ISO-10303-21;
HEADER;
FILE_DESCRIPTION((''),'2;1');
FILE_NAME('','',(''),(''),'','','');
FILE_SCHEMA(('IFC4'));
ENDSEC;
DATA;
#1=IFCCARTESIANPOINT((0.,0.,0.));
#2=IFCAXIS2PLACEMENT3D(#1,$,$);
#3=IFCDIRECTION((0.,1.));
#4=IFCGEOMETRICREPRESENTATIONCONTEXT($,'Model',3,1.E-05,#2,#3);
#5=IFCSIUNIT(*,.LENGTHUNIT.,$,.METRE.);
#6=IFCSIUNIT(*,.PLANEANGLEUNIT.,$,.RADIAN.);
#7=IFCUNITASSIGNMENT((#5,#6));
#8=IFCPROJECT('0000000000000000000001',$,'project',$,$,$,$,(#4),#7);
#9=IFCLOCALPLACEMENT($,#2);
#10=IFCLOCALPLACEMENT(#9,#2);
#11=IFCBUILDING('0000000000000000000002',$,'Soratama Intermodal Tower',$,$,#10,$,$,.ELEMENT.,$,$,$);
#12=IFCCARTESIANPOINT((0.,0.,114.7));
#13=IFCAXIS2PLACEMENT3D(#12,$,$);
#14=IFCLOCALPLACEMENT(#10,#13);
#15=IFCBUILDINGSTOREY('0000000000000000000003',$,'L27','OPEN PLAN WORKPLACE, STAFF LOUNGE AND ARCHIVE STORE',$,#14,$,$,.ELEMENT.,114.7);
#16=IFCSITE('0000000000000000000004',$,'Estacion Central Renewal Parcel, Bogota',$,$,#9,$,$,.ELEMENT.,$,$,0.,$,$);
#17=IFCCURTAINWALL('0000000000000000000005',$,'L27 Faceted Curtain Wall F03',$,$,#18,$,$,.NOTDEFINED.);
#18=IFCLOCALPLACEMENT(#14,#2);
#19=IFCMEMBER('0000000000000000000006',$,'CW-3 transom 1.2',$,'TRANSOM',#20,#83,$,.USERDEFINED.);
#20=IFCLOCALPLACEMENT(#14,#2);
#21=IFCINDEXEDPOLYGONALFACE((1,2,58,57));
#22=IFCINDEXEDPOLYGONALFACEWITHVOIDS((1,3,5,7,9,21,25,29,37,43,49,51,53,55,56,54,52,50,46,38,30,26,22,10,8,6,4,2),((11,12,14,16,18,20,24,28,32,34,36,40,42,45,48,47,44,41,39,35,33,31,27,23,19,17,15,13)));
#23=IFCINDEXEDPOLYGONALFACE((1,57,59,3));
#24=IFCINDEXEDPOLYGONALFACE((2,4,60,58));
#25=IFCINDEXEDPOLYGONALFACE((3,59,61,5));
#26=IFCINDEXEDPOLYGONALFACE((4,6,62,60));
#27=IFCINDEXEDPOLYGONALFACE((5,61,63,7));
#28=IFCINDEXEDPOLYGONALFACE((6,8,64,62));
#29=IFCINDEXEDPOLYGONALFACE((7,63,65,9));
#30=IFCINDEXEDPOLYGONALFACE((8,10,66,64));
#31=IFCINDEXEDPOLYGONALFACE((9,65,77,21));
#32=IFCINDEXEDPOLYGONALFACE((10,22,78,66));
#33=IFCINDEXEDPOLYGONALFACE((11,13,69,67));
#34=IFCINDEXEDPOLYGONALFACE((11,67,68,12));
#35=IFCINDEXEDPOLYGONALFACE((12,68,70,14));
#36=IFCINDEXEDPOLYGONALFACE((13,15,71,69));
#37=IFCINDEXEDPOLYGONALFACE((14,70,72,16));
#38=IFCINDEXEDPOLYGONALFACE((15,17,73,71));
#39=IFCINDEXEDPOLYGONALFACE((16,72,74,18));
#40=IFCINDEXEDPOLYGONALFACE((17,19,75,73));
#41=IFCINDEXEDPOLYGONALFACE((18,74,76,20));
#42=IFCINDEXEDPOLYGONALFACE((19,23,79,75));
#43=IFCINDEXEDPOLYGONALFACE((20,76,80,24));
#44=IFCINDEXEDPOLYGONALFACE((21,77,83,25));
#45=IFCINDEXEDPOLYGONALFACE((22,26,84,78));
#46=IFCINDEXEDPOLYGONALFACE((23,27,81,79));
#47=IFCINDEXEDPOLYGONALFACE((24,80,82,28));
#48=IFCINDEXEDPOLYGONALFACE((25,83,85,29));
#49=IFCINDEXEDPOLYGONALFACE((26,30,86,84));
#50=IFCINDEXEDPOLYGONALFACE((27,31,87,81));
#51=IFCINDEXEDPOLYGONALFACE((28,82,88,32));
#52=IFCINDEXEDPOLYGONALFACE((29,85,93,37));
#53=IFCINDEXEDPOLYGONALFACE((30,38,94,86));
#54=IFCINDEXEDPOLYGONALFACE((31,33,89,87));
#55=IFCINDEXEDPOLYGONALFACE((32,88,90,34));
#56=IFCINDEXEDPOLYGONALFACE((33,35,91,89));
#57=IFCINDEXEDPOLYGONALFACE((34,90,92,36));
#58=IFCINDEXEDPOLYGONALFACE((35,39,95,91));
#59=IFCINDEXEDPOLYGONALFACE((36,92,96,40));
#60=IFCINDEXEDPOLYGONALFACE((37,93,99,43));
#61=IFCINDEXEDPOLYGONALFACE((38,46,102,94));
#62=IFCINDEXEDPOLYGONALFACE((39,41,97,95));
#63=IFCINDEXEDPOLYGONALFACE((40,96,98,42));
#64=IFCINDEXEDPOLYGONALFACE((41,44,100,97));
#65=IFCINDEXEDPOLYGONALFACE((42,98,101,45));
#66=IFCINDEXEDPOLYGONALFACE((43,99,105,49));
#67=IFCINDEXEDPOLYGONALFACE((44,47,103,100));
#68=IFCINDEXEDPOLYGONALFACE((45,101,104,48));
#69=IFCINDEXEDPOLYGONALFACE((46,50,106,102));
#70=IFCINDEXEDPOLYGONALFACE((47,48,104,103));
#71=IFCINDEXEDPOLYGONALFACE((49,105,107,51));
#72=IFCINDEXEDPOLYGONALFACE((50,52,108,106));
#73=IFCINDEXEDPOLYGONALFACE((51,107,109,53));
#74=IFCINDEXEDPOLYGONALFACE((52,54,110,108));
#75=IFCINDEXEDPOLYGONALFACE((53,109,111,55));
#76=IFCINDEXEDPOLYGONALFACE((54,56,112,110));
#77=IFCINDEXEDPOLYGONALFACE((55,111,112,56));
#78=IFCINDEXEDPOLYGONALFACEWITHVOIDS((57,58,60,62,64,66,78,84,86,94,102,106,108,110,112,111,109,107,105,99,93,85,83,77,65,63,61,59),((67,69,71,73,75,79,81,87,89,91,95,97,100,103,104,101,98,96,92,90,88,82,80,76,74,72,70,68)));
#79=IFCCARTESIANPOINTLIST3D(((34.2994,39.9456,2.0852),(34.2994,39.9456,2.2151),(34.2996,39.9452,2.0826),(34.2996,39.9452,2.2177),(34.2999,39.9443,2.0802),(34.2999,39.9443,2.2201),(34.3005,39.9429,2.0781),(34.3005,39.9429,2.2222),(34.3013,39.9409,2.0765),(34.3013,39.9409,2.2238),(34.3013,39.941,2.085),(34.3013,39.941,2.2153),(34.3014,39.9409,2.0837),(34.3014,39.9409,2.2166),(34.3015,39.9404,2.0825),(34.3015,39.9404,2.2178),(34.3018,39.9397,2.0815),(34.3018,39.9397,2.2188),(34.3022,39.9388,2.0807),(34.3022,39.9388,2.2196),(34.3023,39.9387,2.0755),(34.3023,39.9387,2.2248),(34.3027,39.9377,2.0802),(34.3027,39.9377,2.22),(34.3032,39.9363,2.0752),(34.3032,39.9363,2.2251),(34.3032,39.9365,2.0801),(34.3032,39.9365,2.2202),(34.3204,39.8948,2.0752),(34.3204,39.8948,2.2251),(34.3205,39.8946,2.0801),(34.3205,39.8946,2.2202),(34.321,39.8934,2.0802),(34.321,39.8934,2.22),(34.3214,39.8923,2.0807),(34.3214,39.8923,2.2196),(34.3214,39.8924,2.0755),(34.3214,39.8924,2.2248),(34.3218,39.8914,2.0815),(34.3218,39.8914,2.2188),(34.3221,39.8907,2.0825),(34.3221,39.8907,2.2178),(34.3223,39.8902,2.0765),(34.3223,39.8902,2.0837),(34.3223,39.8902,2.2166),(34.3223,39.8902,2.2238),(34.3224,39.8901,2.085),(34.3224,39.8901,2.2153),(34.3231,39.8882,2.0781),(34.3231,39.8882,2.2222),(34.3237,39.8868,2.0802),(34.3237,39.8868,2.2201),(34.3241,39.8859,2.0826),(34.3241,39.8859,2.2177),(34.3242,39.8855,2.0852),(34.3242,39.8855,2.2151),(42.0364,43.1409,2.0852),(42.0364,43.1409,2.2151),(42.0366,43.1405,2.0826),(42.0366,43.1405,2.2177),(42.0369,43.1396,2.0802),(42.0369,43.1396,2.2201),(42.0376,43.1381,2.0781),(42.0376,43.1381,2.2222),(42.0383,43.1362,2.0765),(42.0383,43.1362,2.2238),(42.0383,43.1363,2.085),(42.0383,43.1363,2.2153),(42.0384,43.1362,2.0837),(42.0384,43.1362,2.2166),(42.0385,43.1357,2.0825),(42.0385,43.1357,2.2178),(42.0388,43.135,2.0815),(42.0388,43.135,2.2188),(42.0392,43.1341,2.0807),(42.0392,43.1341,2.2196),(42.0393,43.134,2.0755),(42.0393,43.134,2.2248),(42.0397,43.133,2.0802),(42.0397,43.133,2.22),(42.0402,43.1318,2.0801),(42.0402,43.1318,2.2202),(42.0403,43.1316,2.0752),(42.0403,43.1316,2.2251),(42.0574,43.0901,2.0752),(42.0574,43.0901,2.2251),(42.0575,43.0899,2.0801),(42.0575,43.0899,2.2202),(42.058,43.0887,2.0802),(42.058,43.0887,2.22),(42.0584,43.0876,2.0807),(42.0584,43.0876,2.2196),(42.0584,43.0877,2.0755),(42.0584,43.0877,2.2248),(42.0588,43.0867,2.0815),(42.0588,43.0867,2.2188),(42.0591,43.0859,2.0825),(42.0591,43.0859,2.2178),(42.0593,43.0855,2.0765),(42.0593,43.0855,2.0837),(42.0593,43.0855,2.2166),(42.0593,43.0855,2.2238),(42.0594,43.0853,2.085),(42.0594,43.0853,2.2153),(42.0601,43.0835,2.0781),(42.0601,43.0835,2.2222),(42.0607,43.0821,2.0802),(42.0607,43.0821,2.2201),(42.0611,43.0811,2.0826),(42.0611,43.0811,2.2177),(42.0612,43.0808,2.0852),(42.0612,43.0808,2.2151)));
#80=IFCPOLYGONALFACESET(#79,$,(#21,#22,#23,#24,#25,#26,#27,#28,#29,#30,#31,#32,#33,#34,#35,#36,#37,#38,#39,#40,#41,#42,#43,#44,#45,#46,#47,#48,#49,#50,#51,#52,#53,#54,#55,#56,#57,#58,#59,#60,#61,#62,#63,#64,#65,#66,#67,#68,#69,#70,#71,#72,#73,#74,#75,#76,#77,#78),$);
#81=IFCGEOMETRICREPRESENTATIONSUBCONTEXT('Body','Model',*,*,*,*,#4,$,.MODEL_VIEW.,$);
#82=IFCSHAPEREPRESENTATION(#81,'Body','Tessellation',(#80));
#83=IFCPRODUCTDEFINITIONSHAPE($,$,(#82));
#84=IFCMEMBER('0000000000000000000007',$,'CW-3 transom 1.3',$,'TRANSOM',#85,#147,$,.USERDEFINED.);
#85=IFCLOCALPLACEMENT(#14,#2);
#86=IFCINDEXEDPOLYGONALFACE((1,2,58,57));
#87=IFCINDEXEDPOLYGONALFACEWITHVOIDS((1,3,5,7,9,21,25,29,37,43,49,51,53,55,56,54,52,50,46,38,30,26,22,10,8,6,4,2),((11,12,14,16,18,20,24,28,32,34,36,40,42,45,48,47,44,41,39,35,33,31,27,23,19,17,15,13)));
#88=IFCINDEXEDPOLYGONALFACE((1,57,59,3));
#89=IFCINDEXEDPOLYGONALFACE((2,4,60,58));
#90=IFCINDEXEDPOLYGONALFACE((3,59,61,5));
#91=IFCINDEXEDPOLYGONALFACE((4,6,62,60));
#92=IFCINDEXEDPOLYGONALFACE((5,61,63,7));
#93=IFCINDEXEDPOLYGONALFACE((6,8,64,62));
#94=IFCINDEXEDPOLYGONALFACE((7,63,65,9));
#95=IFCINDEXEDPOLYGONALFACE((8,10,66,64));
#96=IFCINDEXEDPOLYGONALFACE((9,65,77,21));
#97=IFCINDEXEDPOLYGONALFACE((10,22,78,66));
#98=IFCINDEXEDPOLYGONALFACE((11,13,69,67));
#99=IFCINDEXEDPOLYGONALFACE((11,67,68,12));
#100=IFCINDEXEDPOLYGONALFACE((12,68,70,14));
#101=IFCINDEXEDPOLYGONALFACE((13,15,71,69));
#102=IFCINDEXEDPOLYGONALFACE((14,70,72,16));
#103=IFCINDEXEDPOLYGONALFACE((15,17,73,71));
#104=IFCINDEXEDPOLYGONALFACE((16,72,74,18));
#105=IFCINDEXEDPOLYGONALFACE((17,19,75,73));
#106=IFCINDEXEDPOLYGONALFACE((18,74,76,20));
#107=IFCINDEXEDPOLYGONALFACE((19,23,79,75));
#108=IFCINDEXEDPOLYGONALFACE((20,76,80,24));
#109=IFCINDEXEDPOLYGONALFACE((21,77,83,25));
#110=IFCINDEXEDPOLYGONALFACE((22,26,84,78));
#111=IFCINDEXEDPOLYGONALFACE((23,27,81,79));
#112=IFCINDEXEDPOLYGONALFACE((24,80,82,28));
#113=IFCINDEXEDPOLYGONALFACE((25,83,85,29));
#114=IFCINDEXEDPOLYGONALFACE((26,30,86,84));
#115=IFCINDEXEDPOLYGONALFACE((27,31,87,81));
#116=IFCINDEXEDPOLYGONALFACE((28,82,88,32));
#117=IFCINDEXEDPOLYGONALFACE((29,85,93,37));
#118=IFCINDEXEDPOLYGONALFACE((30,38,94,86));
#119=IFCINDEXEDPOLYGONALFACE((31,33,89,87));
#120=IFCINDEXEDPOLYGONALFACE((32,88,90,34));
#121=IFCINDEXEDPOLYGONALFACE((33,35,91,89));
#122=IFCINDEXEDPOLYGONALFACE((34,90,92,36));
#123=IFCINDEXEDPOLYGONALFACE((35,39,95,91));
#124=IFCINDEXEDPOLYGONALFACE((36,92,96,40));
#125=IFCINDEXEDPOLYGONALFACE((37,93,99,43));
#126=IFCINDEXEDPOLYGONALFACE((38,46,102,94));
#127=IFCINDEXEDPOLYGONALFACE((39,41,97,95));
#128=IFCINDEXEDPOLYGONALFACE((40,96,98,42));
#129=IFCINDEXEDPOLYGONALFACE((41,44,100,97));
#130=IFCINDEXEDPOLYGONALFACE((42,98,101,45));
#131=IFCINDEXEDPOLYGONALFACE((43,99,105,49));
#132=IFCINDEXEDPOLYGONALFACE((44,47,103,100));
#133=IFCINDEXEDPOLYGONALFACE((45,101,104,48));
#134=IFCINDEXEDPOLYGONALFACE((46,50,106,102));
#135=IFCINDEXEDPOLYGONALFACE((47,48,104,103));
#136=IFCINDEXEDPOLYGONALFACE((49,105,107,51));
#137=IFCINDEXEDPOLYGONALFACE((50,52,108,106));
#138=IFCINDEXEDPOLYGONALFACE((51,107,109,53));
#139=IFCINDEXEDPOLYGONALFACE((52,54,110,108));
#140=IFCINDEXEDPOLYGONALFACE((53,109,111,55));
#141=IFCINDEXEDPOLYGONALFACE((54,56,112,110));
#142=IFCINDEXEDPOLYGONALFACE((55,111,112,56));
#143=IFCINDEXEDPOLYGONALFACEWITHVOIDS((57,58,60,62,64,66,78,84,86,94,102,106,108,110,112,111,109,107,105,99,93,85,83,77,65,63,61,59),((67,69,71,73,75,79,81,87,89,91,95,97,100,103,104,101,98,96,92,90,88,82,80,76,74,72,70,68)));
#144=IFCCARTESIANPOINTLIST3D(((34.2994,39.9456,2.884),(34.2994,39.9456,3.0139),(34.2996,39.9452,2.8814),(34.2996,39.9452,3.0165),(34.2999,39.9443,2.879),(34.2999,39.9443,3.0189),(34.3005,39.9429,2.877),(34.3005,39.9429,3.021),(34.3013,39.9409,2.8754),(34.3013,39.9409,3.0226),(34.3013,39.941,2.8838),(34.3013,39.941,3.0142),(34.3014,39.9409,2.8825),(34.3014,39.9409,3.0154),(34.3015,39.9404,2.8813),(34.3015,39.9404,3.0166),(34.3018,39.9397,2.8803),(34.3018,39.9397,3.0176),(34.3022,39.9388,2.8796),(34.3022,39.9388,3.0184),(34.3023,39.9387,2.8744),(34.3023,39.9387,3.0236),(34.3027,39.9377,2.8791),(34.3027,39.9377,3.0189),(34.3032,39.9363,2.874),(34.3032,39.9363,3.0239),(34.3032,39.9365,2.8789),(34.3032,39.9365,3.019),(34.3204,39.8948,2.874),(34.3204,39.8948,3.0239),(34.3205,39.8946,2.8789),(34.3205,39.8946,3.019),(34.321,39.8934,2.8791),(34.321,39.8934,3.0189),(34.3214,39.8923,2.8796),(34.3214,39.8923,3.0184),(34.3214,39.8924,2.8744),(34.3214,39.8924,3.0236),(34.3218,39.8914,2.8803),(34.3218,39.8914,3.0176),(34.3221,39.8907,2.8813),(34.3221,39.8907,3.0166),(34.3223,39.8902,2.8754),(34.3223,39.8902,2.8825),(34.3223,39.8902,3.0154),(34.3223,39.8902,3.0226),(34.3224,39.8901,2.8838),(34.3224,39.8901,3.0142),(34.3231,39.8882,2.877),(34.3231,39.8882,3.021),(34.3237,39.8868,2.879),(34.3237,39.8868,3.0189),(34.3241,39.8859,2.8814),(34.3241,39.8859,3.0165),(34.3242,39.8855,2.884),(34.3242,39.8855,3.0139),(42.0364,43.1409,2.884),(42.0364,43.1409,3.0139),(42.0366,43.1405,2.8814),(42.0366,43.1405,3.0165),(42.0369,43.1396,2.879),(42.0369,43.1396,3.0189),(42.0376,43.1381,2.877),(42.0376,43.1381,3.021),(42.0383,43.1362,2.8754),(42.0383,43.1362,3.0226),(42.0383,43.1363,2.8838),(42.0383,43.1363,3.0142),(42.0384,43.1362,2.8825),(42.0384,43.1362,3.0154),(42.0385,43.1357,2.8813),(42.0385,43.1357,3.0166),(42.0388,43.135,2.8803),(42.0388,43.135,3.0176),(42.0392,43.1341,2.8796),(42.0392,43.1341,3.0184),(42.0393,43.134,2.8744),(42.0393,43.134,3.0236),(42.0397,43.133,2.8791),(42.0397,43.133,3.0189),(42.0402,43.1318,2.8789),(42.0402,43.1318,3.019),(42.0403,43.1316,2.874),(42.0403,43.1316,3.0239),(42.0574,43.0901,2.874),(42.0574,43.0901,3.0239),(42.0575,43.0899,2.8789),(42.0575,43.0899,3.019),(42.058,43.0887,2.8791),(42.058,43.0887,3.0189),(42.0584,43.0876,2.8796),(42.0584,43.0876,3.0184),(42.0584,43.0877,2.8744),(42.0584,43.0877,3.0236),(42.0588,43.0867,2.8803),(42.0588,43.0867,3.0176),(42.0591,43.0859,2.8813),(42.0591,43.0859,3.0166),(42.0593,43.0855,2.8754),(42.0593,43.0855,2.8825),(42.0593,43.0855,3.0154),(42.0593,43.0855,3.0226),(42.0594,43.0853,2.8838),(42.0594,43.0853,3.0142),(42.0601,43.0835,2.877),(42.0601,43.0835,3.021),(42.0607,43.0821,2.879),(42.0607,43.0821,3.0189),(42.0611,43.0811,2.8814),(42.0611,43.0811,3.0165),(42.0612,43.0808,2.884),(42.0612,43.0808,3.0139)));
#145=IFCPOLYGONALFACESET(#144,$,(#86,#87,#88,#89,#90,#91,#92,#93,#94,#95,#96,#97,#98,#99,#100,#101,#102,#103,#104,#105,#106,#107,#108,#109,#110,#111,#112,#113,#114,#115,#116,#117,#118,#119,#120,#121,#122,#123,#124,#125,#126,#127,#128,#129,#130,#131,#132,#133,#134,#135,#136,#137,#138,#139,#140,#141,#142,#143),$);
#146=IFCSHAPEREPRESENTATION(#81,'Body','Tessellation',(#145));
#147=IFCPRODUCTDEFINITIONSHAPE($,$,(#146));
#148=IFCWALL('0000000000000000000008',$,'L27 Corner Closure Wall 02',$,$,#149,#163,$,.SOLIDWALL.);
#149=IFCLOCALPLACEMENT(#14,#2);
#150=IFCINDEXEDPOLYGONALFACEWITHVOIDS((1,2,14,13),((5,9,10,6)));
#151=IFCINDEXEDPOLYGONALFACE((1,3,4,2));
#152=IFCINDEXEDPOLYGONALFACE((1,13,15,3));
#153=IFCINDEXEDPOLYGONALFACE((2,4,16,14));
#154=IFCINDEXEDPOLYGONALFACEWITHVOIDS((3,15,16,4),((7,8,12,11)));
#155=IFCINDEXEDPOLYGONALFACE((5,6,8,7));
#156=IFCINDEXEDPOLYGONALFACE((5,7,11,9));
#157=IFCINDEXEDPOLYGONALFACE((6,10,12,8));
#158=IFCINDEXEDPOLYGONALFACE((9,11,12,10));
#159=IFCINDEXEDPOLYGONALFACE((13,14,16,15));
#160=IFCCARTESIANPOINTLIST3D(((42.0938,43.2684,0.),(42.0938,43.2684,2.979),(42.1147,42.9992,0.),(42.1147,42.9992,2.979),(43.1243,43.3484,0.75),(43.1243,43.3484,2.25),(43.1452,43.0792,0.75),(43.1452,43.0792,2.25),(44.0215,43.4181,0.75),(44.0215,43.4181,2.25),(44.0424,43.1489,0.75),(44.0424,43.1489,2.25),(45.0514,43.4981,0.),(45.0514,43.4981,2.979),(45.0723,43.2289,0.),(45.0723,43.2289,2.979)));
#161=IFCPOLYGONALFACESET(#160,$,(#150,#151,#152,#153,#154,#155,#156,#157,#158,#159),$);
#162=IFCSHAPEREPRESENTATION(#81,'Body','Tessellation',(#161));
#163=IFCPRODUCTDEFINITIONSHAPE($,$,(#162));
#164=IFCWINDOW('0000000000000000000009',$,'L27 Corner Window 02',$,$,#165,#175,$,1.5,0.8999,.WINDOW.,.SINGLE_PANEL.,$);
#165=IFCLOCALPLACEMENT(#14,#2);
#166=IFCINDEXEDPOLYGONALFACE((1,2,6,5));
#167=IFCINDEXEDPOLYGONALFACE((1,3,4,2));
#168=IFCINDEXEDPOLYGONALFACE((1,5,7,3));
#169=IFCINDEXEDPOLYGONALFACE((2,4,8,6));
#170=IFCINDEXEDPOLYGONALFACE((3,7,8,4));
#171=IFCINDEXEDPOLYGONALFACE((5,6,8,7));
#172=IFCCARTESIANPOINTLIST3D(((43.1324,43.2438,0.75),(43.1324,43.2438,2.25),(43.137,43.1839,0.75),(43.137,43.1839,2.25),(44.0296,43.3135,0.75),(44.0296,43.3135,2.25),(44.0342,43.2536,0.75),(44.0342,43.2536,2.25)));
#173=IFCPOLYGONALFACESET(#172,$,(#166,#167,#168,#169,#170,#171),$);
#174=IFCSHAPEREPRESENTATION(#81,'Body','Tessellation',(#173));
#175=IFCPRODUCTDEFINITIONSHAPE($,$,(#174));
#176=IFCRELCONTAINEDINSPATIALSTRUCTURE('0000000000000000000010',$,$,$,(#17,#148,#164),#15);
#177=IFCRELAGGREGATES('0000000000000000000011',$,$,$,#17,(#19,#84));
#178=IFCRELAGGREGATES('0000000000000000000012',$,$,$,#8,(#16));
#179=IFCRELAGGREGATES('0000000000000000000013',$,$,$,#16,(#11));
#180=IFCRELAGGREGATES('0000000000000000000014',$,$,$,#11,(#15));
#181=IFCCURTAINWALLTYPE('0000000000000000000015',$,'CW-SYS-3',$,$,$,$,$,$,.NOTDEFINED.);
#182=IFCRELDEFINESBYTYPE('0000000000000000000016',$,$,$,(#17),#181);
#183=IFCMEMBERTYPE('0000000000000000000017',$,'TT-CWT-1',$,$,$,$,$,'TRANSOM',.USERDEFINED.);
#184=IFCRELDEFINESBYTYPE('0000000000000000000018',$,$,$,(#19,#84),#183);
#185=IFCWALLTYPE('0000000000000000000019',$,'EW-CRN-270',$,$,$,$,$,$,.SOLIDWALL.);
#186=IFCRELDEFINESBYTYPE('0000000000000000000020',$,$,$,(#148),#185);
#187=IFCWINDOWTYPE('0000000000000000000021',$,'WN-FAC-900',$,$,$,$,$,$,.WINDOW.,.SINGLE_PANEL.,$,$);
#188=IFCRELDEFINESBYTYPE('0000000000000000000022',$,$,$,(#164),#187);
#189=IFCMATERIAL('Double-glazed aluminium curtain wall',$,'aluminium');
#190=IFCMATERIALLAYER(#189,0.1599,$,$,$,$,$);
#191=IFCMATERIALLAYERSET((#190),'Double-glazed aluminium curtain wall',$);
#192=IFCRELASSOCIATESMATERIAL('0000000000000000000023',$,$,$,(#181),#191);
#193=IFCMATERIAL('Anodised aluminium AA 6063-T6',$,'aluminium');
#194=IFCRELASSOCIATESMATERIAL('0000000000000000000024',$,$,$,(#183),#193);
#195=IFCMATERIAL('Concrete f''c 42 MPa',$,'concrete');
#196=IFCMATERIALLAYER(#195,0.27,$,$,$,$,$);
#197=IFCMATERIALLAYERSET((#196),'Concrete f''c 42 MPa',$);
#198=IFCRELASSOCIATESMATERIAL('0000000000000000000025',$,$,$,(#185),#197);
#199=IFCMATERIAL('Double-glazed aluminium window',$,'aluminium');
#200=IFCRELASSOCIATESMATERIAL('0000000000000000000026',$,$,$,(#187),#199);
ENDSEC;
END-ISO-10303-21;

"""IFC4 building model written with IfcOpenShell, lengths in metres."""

from ifc_helpers import new_model, si_unit, direction, frame, frame_2d, origin, origin_2d, place, context, subcontext, project, spatial, rectangle, hollow_rectangle, extrude, material, layer, layer_set, material_profile, profile_set, type_object, element, fill, aggregate, save


model = new_model("IFC4")

# Units and contexts
model_context = context("Model", 3, precision=1e-05, world=origin(), true_north=direction((0.0, 1.0)))
body_context = subcontext(model_context, "Body", "Model", "MODEL_VIEW")
ifc_project = project(units=[si_unit("LENGTHUNIT", "METRE"), si_unit("PLANEANGLEUNIT", "RADIAN")], contexts=[model_context])

# Site, building, storey
site_placement = place(None, origin())
site = spatial("IfcSite", under=ifc_project, at=site_placement, Name="Estacion Central Renewal Parcel, Bogota", CompositionType="ELEMENT", RefElevation=0.0)
building_placement = place(site_placement, origin())
building = spatial("IfcBuilding", under=site, at=building_placement, Name="Soratama Intermodal Tower", CompositionType="ELEMENT")
storey_placement = place(building_placement, frame((0.0, 0.0, 114.7)))
storey = spatial("IfcBuildingStorey", under=building, at=storey_placement, Name="L27", Description="OPEN PLAN WORKPLACE, STAFF LOUNGE AND ARCHIVE STORE", CompositionType="ELEMENT", Elevation=114.7)

# Curtain wall, members
ifc_material_1 = material(Name="Double-glazed aluminium curtain wall", Category="aluminium")
ifc_layer_1 = layer(ifc_material_1, 0.1599)
ifc_layer_set_1 = layer_set([ifc_layer_1], Name="Double-glazed aluminium curtain wall")
curtain_wall_type = type_object("IfcCurtainWallType", Name="CW-SYS-3", PredefinedType="NOTDEFINED", material=ifc_layer_set_1)
curtain_wall_placement = place(storey_placement, origin())
curtain_wall = element("IfcCurtainWall", 1, at=curtain_wall_placement, inside=storey, type_object=curtain_wall_type, Name="L27 Faceted Curtain Wall F03", PredefinedType="NOTDEFINED")
ifc_material_2 = material(Name="Anodised aluminium AA 6063-T6", Category="aluminium")
ifc_material_profile_1 = material_profile(ifc_material_2, hollow_rectangle(XDim=0.0649, YDim=0.1499, WallThickness=0.0049, InnerFilletRadius=0.0049, OuterFilletRadius=0.01, at=origin_2d()), Name="CWT150X65X5")
ifc_profile_set_1 = profile_set([ifc_material_profile_1], Name="Anodised aluminium AA 6063-T6")
member_type_1 = type_object("IfcMemberType", Name="TT-CWT-1", ElementType="TRANSOM", PredefinedType="USERDEFINED", material=ifc_profile_set_1)
member_1_placement = place(storey_placement, frame((42.0488, 43.1108, 2.1501), z_axis=(-0.92428, -0.381716, 0.0), x_axis=(0.381716, -0.92428, 0.0)))
member_1 = element("IfcMember", 2, at=member_1_placement, type_object=member_type_1, Name="CW-3 transom 1.2", ObjectType="TRANSOM", PredefinedType="USERDEFINED", context=body_context, shape_type="SweptSolid", body=[
    extrude(hollow_rectangle(XDim=0.0649, YDim=0.1499, WallThickness=0.0049, InnerFilletRadius=0.0049, OuterFilletRadius=0.01, at=origin_2d()), origin(), (0.0, 0.0, 1.0), 8.3708),
])
member_2_placement = place(storey_placement, frame((42.0488, 43.1108, 2.949), z_axis=(-0.92428, -0.381716, 0.0), x_axis=(0.381716, -0.92428, 0.0)))
member_2 = element("IfcMember", 3, at=member_2_placement, type_object=member_type_1, Name="CW-3 transom 1.3", ObjectType="TRANSOM", PredefinedType="USERDEFINED", context=body_context, shape_type="SweptSolid", body=[
    extrude(hollow_rectangle(XDim=0.0649, YDim=0.1499, WallThickness=0.0049, InnerFilletRadius=0.0049, OuterFilletRadius=0.01, at=origin_2d()), origin(), (0.0, 0.0, 1.0), 8.3708),
])
aggregate(curtain_wall, [member_1, member_2])

# Wall, opening, window
ifc_material_3 = material(Name="Concrete f'c 42 MPa", Category="concrete")
ifc_layer_2 = layer(ifc_material_3, 0.27)
ifc_layer_set_2 = layer_set([ifc_layer_2], Name="Concrete f'c 42 MPa")
wall_type_1 = type_object("IfcWallType", Name="EW-CRN-270", PredefinedType="SOLIDWALL", material=ifc_layer_set_2)
wall_1_placement = place(storey_placement, frame((45.062, 43.3635, 0.0), z_axis=(0.0, 0.0, 1.0), x_axis=(-0.996997, -0.077439, 0.0)))
wall_1 = element("IfcWall", 4, at=wall_1_placement, inside=storey, type_object=wall_type_1, Name="L27 Corner Closure Wall 02", PredefinedType="SOLIDWALL", context=body_context, shape_type="SweptSolid", body=[
    extrude(rectangle(XDim=2.9666, YDim=0.27, at=frame_2d((1.4834, 0.0))), origin(), (0.0, 0.0, 1.0), 2.979),
])
opening_1_placement = place(wall_1_placement, frame((1.0332, 0.0, 0.75)))
opening_1 = element("IfcOpeningElement", 5, at=opening_1_placement, cuts=wall_1, PredefinedType="OPENING", context=body_context, shape_type="SweptSolid", body=[
    extrude(rectangle(XDim=0.8999, YDim=1.5, at=frame_2d((0.45, 0.75))), frame((0.0, 0.145, 0.0), z_axis=(0.0, -1.0, 0.0), x_axis=(1.0, 0.0, 0.0)), (0.0, 0.0, 1.0), 0.29),
])
ifc_material_4 = material(Name="Double-glazed aluminium window", Category="aluminium")
window_type = type_object("IfcWindowType", Name="WN-FAC-900", PartitioningType="SINGLE_PANEL", PredefinedType="WINDOW", material=ifc_material_4)
window_placement = place(opening_1_placement, origin())
window = element("IfcWindow", 6, at=window_placement, inside=storey, type_object=window_type, Name="L27 Corner Window 02", OverallHeight=1.5, OverallWidth=0.8999, PartitioningType="SINGLE_PANEL", PredefinedType="WINDOW", context=body_context, shape_type="SweptSolid", body=[
    extrude(rectangle(XDim=0.8999, YDim=1.5, at=frame_2d((0.45, 0.75))), frame((0.0, 0.03, 0.0), z_axis=(0.0, -1.0, 0.0), x_axis=(1.0, 0.0, 0.0)), (0.0, 0.0, 1.0), 0.0601),
])
fill(opening_1, window)

save(model, "model.ifc")
